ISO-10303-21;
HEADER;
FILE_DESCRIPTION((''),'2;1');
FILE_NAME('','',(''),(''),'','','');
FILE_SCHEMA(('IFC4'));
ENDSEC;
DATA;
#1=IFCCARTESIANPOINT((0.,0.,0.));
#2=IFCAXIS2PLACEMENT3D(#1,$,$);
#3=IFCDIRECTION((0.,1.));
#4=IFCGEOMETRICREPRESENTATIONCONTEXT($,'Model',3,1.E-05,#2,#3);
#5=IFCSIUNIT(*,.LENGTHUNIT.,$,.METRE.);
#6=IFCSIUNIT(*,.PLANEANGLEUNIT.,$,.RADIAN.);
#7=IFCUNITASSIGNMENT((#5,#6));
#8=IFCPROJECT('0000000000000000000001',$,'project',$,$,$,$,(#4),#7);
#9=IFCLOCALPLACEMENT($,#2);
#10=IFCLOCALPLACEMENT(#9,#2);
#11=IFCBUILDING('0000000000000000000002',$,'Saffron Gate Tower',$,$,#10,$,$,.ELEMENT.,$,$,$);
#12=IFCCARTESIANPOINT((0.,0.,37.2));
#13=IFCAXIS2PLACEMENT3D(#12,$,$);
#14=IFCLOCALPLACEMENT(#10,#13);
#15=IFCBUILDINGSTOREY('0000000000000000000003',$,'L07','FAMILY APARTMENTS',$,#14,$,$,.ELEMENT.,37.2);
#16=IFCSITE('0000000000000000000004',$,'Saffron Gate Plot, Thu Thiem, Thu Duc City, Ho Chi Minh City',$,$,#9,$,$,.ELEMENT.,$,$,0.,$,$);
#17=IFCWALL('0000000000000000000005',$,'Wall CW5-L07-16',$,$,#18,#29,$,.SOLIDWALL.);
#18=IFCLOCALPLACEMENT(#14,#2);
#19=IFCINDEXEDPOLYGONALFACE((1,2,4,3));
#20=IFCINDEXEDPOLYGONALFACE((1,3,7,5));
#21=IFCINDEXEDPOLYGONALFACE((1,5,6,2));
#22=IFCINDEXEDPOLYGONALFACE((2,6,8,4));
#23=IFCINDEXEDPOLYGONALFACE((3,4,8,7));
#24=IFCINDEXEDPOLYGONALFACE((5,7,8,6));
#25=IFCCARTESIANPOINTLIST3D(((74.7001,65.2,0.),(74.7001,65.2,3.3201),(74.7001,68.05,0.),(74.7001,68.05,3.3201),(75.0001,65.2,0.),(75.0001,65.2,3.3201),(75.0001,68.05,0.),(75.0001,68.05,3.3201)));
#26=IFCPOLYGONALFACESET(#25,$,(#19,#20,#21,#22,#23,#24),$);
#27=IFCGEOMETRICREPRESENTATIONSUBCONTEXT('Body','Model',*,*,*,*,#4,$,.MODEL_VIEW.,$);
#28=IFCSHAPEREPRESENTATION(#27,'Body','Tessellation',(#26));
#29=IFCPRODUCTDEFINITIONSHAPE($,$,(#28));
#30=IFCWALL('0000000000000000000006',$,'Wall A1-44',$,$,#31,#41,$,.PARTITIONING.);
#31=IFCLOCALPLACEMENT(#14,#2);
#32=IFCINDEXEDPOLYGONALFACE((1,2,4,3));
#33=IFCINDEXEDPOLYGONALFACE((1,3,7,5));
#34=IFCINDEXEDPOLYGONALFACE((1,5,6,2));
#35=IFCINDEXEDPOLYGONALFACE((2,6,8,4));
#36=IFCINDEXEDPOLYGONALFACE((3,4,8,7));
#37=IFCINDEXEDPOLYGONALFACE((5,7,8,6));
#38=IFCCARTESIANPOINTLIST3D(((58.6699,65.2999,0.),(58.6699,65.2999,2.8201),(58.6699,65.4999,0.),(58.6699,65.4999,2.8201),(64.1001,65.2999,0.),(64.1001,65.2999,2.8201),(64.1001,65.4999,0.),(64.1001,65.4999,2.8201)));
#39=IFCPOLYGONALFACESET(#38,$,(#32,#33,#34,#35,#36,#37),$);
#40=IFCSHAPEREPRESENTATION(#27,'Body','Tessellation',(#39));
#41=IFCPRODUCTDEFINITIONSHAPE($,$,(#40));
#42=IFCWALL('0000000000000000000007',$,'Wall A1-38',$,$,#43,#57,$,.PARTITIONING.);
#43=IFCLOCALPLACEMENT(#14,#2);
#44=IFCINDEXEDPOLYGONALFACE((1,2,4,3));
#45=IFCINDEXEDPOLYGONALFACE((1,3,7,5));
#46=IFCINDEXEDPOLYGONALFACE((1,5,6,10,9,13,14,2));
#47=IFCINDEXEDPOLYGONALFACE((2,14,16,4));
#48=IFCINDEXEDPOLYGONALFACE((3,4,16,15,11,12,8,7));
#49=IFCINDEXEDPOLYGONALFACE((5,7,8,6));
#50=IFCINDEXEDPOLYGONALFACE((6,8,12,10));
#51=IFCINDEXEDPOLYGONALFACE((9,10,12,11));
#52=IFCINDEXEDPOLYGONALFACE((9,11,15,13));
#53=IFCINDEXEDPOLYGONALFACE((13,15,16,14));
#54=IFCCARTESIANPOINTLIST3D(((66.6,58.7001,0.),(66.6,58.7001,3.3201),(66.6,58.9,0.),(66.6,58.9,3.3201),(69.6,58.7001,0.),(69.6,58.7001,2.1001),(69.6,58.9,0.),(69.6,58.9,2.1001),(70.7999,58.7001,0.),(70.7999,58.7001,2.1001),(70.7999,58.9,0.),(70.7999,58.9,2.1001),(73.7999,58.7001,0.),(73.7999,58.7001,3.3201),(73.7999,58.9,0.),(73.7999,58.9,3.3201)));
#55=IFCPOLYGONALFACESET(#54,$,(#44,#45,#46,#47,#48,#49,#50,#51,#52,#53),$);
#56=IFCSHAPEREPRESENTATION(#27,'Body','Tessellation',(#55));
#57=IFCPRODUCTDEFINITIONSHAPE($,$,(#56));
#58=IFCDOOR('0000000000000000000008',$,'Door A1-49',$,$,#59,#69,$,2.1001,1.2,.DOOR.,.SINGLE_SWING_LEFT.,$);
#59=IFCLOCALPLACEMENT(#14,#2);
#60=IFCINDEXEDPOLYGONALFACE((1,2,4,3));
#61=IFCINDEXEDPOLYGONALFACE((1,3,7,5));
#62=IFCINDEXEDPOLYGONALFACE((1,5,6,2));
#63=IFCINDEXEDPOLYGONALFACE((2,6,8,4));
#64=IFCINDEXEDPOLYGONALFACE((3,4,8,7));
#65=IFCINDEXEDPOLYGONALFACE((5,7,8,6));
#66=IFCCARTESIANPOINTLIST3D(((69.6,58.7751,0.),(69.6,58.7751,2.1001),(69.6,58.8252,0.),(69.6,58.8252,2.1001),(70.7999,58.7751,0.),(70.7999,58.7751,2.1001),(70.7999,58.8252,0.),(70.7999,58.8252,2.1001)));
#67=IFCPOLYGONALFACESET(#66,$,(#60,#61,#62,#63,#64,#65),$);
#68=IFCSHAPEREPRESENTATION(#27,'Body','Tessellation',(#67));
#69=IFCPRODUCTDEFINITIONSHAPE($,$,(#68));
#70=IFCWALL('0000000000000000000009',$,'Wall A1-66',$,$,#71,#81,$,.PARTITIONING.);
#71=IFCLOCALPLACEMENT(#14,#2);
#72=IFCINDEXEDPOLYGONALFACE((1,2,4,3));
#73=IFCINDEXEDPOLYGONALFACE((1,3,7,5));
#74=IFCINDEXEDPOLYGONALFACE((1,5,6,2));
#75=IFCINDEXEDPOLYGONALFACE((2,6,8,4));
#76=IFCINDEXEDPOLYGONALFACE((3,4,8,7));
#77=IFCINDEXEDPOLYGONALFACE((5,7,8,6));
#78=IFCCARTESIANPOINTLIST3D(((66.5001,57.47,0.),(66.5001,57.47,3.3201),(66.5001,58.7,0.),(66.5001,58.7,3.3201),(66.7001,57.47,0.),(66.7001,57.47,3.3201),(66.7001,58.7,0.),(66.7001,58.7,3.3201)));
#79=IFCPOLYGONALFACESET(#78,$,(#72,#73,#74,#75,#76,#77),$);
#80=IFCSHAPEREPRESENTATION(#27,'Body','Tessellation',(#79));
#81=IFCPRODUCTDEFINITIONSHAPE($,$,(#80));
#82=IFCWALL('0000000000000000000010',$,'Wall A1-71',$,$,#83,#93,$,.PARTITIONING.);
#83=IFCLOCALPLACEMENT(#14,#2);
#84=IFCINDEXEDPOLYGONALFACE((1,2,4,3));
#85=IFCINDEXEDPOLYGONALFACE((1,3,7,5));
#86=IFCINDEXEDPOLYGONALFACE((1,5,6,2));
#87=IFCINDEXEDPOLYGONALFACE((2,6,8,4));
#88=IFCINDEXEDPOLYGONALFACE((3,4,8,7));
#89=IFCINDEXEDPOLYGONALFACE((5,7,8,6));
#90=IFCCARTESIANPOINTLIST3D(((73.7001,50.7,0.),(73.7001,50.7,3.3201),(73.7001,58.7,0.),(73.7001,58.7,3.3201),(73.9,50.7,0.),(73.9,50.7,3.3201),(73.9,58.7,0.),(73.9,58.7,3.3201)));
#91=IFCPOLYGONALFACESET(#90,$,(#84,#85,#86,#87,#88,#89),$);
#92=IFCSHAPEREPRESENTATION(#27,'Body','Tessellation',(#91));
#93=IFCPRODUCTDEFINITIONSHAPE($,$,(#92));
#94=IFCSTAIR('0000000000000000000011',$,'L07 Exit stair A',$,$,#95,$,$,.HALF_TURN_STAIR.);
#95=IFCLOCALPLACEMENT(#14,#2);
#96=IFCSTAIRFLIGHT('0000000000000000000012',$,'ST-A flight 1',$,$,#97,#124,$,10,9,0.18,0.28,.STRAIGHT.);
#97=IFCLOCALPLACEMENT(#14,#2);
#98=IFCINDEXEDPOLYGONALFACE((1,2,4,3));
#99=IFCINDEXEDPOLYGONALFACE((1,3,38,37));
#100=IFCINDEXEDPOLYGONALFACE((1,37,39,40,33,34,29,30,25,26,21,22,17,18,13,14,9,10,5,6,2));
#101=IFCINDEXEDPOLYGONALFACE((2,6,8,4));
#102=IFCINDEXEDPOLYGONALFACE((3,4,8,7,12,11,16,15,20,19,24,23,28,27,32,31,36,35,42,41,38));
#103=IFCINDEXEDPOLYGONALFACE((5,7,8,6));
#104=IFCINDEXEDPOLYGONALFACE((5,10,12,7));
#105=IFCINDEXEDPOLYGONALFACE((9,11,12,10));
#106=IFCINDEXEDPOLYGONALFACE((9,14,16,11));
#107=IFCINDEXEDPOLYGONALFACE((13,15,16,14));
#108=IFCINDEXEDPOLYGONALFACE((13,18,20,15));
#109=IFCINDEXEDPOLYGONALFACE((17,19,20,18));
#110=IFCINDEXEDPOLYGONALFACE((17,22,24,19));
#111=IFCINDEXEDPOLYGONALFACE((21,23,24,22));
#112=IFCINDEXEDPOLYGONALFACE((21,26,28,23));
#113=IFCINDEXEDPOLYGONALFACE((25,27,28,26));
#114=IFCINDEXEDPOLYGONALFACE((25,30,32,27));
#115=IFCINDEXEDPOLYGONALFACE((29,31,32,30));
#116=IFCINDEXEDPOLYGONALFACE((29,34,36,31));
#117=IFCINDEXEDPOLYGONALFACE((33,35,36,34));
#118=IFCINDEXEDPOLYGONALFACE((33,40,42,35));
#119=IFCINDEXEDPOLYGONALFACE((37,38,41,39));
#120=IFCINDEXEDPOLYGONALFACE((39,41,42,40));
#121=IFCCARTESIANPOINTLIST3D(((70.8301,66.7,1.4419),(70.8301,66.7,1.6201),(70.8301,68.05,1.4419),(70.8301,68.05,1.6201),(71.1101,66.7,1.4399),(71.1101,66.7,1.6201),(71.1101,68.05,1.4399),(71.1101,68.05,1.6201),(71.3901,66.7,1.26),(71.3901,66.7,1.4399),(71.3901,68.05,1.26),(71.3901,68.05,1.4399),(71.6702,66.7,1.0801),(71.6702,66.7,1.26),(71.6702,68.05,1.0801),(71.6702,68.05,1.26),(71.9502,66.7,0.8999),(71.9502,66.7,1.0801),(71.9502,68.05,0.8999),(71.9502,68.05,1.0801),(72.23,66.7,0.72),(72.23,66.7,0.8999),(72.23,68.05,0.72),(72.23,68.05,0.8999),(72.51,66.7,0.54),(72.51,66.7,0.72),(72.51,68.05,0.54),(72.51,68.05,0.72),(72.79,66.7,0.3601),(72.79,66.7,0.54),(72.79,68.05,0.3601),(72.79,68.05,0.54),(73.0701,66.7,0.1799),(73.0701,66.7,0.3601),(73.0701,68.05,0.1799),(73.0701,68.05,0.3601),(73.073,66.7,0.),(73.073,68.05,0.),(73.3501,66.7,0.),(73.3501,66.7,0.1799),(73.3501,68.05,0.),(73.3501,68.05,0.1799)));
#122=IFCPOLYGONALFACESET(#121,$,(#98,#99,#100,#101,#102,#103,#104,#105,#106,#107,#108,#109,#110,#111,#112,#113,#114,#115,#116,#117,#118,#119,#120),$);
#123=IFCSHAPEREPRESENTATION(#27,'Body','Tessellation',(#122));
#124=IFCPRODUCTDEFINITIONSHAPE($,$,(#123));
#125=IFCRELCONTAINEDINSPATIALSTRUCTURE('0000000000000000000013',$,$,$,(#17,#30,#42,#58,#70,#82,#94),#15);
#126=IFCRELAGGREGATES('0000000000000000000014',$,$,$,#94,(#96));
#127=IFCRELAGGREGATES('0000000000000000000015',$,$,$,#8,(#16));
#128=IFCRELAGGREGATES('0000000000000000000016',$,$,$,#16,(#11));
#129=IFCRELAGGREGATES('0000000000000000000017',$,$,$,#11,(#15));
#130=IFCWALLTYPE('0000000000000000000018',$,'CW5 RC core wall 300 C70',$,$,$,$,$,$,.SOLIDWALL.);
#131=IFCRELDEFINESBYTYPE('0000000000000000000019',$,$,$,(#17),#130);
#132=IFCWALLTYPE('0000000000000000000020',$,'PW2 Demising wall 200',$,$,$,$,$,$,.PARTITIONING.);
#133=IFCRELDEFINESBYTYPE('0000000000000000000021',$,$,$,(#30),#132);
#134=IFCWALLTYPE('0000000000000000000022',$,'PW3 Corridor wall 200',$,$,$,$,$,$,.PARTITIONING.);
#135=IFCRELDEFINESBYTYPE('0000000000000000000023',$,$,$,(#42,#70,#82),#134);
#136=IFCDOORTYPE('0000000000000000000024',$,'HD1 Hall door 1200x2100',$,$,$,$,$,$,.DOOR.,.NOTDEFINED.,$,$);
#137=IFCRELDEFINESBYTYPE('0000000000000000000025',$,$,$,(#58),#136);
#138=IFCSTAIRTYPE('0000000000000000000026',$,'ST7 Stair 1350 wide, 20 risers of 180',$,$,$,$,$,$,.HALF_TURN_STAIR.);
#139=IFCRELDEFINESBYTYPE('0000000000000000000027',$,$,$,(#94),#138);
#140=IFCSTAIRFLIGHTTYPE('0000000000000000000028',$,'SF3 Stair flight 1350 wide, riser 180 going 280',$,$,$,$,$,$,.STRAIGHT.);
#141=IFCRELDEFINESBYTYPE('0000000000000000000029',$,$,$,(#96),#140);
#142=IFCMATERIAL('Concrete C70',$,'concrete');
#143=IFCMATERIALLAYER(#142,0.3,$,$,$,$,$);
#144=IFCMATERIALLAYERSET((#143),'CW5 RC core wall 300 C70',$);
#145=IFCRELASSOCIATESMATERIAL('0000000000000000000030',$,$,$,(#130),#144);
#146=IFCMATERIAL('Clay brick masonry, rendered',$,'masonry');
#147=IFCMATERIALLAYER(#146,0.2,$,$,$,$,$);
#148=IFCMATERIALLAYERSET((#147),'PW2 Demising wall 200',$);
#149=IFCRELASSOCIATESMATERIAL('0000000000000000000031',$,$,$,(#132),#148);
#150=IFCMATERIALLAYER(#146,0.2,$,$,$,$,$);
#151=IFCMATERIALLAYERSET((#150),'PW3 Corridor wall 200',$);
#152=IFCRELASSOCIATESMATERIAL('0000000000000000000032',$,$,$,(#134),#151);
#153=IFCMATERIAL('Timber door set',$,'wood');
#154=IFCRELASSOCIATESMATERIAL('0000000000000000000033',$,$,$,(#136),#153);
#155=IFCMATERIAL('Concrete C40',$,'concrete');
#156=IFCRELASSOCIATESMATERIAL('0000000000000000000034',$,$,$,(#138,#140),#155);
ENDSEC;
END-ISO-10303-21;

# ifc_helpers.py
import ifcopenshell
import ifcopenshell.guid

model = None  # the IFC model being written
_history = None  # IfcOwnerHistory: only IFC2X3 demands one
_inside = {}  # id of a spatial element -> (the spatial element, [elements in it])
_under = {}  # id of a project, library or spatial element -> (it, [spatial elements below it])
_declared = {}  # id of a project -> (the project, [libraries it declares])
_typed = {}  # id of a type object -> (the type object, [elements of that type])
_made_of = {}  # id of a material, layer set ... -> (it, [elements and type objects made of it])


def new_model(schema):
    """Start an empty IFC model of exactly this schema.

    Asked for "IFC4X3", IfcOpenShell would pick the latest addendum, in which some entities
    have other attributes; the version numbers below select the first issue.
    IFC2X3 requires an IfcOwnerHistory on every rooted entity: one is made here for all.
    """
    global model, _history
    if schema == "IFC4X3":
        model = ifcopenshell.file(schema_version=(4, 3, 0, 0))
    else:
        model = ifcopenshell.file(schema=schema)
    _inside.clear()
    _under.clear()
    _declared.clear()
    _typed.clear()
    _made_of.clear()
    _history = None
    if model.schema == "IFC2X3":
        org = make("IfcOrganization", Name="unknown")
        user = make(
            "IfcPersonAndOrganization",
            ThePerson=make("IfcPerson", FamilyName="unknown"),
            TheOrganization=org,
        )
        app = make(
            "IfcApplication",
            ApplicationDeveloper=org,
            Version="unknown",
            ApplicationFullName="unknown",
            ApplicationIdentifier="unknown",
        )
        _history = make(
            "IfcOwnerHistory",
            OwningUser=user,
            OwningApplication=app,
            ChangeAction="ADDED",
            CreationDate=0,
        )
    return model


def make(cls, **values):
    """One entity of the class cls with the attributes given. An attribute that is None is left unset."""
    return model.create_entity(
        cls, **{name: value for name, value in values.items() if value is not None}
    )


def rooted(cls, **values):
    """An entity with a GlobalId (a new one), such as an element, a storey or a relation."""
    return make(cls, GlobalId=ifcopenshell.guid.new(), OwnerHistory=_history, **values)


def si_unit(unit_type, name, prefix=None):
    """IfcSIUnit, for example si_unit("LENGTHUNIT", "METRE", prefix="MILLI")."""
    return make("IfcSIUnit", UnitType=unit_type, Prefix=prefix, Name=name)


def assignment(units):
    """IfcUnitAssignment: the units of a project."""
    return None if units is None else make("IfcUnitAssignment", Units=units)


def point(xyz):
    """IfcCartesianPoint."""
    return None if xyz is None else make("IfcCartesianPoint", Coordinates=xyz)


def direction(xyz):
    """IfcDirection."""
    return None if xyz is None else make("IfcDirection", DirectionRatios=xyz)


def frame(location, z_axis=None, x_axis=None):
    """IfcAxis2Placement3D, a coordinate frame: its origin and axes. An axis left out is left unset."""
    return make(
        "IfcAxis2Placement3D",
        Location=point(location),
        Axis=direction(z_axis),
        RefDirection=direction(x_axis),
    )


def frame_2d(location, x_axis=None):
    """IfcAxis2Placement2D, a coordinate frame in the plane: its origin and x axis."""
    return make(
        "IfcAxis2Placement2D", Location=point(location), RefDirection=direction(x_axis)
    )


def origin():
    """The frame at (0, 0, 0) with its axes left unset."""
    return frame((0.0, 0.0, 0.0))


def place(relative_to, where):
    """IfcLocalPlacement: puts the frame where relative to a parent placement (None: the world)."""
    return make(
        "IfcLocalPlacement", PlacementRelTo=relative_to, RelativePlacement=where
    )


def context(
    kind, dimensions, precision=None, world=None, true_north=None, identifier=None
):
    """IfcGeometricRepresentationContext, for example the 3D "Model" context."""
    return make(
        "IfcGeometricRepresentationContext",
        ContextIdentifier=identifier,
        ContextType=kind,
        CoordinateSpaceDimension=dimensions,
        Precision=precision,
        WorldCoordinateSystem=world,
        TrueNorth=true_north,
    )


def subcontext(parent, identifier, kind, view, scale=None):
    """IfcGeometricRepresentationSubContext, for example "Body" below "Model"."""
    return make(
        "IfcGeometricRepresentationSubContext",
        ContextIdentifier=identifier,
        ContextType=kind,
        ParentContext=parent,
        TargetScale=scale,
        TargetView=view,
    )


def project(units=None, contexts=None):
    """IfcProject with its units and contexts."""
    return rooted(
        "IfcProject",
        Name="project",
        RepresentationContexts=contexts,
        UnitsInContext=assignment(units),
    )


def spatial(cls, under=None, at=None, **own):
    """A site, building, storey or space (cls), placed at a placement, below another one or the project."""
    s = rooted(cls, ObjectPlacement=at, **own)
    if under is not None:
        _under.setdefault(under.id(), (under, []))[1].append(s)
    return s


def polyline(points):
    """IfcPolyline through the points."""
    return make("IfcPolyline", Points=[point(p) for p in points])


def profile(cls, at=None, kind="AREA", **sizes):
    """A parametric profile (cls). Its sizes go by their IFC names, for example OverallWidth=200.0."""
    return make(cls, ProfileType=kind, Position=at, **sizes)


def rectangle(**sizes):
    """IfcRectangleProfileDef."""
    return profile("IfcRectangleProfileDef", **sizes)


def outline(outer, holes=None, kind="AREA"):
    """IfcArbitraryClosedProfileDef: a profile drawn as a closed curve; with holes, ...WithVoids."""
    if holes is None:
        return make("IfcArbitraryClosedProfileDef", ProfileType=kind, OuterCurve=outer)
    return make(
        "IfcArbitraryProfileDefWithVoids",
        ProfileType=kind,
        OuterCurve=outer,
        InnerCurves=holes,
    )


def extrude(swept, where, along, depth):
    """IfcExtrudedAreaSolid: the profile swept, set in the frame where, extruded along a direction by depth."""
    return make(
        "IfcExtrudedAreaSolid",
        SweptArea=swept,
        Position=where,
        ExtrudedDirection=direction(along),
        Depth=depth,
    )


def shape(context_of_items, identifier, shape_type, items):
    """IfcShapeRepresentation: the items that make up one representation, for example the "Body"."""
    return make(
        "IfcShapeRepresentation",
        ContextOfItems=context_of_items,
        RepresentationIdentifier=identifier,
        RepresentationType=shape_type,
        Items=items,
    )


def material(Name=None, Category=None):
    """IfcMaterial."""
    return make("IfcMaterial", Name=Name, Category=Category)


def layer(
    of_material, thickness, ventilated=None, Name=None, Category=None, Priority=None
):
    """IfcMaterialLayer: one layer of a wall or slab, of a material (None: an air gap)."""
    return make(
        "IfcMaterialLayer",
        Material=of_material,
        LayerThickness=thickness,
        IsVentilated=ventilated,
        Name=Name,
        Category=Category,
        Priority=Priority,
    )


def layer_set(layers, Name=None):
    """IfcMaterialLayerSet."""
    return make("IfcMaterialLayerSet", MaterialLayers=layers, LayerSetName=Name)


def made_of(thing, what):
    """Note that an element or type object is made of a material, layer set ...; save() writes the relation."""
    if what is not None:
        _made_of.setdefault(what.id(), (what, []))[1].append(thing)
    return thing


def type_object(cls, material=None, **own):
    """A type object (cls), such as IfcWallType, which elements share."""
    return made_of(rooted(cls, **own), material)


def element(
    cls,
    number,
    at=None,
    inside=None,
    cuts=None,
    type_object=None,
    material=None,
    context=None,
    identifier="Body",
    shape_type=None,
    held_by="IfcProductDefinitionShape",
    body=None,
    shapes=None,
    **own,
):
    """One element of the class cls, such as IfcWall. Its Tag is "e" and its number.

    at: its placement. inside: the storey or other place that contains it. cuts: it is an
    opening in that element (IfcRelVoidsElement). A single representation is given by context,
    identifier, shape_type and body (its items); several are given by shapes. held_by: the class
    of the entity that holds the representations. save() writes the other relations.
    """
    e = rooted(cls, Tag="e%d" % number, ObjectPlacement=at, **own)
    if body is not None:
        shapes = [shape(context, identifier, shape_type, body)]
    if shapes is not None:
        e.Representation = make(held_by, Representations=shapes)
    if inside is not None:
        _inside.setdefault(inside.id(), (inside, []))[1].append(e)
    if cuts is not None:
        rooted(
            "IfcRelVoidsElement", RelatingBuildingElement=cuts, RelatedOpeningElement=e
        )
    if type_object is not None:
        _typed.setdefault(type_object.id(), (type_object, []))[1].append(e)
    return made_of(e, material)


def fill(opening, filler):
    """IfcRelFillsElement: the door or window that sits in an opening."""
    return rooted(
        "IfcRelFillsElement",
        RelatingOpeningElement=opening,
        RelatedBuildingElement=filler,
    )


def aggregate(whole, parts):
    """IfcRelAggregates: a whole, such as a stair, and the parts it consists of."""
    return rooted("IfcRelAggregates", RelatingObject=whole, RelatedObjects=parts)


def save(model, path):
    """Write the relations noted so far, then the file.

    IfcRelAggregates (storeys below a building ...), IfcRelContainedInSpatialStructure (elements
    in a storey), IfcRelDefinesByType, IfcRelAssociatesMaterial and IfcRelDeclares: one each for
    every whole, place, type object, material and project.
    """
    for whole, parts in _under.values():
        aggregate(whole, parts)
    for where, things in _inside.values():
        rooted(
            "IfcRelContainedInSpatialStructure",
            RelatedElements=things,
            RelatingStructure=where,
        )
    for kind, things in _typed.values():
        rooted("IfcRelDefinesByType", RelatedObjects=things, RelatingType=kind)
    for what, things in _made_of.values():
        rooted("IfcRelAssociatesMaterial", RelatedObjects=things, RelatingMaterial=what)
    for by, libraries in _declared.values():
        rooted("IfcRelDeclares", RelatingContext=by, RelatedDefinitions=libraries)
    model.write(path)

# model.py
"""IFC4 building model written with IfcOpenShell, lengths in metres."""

from ifc_helpers import new_model, si_unit, direction, frame, frame_2d, origin, place, context, subcontext, project, spatial, polyline, rectangle, outline, extrude, material, layer, layer_set, type_object, element, fill, aggregate, save


model = new_model("IFC4")

# Units and contexts
model_context = context("Model", 3, precision=1e-05, world=origin(), true_north=direction((0.0, 1.0)))
body_context = subcontext(model_context, "Body", "Model", "MODEL_VIEW")
ifc_project = project(units=[si_unit("LENGTHUNIT", "METRE"), si_unit("PLANEANGLEUNIT", "RADIAN")], contexts=[model_context])

# Site, building, storey
site_placement = place(None, origin())
site = spatial("IfcSite", under=ifc_project, at=site_placement, Name="Saffron Gate Plot, Thu Thiem, Thu Duc City, Ho Chi Minh City", CompositionType="ELEMENT", RefElevation=0.0)
building_placement = place(site_placement, origin())
building = spatial("IfcBuilding", under=site, at=building_placement, Name="Saffron Gate Tower", CompositionType="ELEMENT")
storey_placement = place(building_placement, frame((0.0, 0.0, 37.2)))
storey = spatial("IfcBuildingStorey", under=building, at=storey_placement, Name="L07", Description="FAMILY APARTMENTS", CompositionType="ELEMENT", Elevation=37.2)

# Shared definitions
ifc_material_1 = material(Name="Concrete C70", Category="concrete")

# Walls
ifc_layer_1 = layer(ifc_material_1, 0.3)
ifc_layer_set_1 = layer_set([ifc_layer_1], Name="CW5 RC core wall 300 C70")
wall_type_1 = type_object("IfcWallType", Name="CW5 RC core wall 300 C70", PredefinedType="SOLIDWALL", material=ifc_layer_set_1)
wall_1_placement = place(storey_placement, frame((74.8501, 65.2, 0.0), z_axis=(0.0, 0.0, 1.0), x_axis=(0.0, 1.0, 0.0)))
element("IfcWall", 1, at=wall_1_placement, inside=storey, type_object=wall_type_1, Name="Wall CW5-L07-16", PredefinedType="SOLIDWALL", context=body_context, shape_type="SweptSolid", body=[
    extrude(rectangle(XDim=2.8501, YDim=0.3, at=frame_2d((1.425, 0.0))), origin(), (0.0, 0.0, 1.0), 3.3201),
])
ifc_material_2 = material(Name="Clay brick masonry, rendered", Category="masonry")
ifc_layer_2 = layer(ifc_material_2, 0.2)
ifc_layer_set_2 = layer_set([ifc_layer_2], Name="PW2 Demising wall 200")
wall_type_2 = type_object("IfcWallType", Name="PW2 Demising wall 200", PredefinedType="PARTITIONING", material=ifc_layer_set_2)
wall_2_placement = place(storey_placement, frame((58.6699, 65.3999, 0.0), z_axis=(0.0, 0.0, 1.0), x_axis=(1.0, 0.0, 0.0)))
element("IfcWall", 2, at=wall_2_placement, inside=storey, type_object=wall_type_2, Name="Wall A1-44", PredefinedType="PARTITIONING", context=body_context, shape_type="SweptSolid", body=[
    extrude(rectangle(XDim=5.4302, YDim=0.2, at=frame_2d((2.7151, 0.0))), origin(), (0.0, 0.0, 1.0), 2.8201),
])

# Wall, opening, door
ifc_layer_3 = layer(ifc_material_2, 0.2)
ifc_layer_set_3 = layer_set([ifc_layer_3], Name="PW3 Corridor wall 200")
wall_type_3 = type_object("IfcWallType", Name="PW3 Corridor wall 200", PredefinedType="PARTITIONING", material=ifc_layer_set_3)
wall_3_placement = place(storey_placement, frame((73.8, 58.8, 0.0), z_axis=(0.0, 0.0, 1.0), x_axis=(-1.0, 0.0, 0.0)))
wall_3 = element("IfcWall", 3, at=wall_3_placement, inside=storey, type_object=wall_type_3, Name="Wall A1-38", PredefinedType="PARTITIONING", context=body_context, shape_type="SweptSolid", body=[
    extrude(rectangle(XDim=7.2, YDim=0.2, at=frame_2d((3.6001, 0.0))), origin(), (0.0, 0.0, 1.0), 3.3201),
])
opening_1_placement = place(wall_3_placement, frame((3.0, 0.0, 0.0)))
opening_1 = element("IfcOpeningElement", 4, at=opening_1_placement, cuts=wall_3, PredefinedType="OPENING", context=body_context, shape_type="SweptSolid", body=[
    extrude(rectangle(XDim=1.2, YDim=2.1001, at=frame_2d((0.6001, 1.05))), frame((0.0, 0.1099, 0.0), z_axis=(0.0, -1.0, 0.0), x_axis=(1.0, 0.0, 0.0)), (0.0, 0.0, 1.0), 0.22),
])
ifc_material_3 = material(Name="Timber door set", Category="wood")
door_type_1 = type_object("IfcDoorType", Name="HD1 Hall door 1200x2100", OperationType="NOTDEFINED", PredefinedType="DOOR", material=ifc_material_3)
door_1_placement = place(opening_1_placement, origin())
door_1 = element("IfcDoor", 5, at=door_1_placement, inside=storey, type_object=door_type_1, Name="Door A1-49", OperationType="SINGLE_SWING_LEFT", OverallHeight=2.1001, OverallWidth=1.2, PredefinedType="DOOR", context=body_context, shape_type="SweptSolid", body=[
    extrude(rectangle(XDim=1.2, YDim=2.1001, at=frame_2d((0.6001, 1.05))), frame((0.0, 0.0249, 0.0), z_axis=(0.0, -1.0, 0.0), x_axis=(1.0, 0.0, 0.0)), (0.0, 0.0, 1.0), 0.05),
])
fill(opening_1, door_1)

# Walls
wall_4_placement = place(storey_placement, frame((66.6001, 58.7, 0.0), z_axis=(0.0, 0.0, 1.0), x_axis=(0.0, -1.0, 0.0)))
element("IfcWall", 6, at=wall_4_placement, inside=storey, type_object=wall_type_3, Name="Wall A1-66", PredefinedType="PARTITIONING", context=body_context, shape_type="SweptSolid", body=[
    extrude(rectangle(XDim=1.23, YDim=0.2, at=frame_2d((0.615, 0.0))), origin(), (0.0, 0.0, 1.0), 3.3201),
])
wall_5_placement = place(storey_placement, frame((73.8, 58.7, 0.0), z_axis=(0.0, 0.0, 1.0), x_axis=(0.0, -1.0, 0.0)))
element("IfcWall", 7, at=wall_5_placement, inside=storey, type_object=wall_type_3, Name="Wall A1-71", PredefinedType="PARTITIONING", context=body_context, shape_type="SweptSolid", body=[
    extrude(rectangle(XDim=8.0, YDim=0.2, at=frame_2d((4.0, 0.0))), origin(), (0.0, 0.0, 1.0), 3.3201),
])

# Stair, stair flight
ifc_material_4 = material(Name="Concrete C40", Category="concrete")
stair_type = type_object("IfcStairType", Name="ST7 Stair 1350 wide, 20 risers of 180", PredefinedType="HALF_TURN_STAIR", material=ifc_material_4)
stair_placement = place(storey_placement, origin())
stair = element("IfcStair", 8, at=stair_placement, inside=storey, type_object=stair_type, Name="L07 Exit stair A", PredefinedType="HALF_TURN_STAIR")
stair_flight_type = type_object("IfcStairFlightType", Name="SF3 Stair flight 1350 wide, riser 180 going 280", PredefinedType="STRAIGHT", material=ifc_material_4)
stair_flight_placement = place(storey_placement, frame((73.3501, 67.375, 0.0), z_axis=(0.0, 0.0, 1.0), x_axis=(-1.0, 0.0, 0.0)))
stair_flight = element("IfcStairFlight", 9, at=stair_flight_placement, type_object=stair_flight_type, Name="ST-A flight 1", NumberOfRisers=10, NumberOfTreads=9, PredefinedType="STRAIGHT", RiserHeight=0.18, TreadLength=0.28, context=body_context, shape_type="SweptSolid", body=[
    extrude(outline(polyline([(0.0, 0.0), (0.0, 0.1799), (0.28, 0.1799), (0.28, 0.3601), (0.5601, 0.3601), (0.5601, 0.54), (0.8401, 0.54), (0.8401, 0.72), (1.1201, 0.72), (1.1201, 0.8999), (1.3999, 0.8999), (1.3999, 1.0801), (1.6799, 1.0801), (1.6799, 1.26), (1.96, 1.26), (1.96, 1.4399), (2.24, 1.4399), (2.24, 1.6201), (2.52, 1.6201), (2.52, 1.8), (2.52, 1.4419), (0.2771, 0.0), (0.0, 0.0)])), frame((0.0, 0.675, 0.0), z_axis=(0.0, -1.0, 0.0), x_axis=(1.0, 0.0, 0.0)), (0.0, 0.0, 1.0), 1.3501),
])
aggregate(stair, [stair_flight])

save(model, "model.ifc")
